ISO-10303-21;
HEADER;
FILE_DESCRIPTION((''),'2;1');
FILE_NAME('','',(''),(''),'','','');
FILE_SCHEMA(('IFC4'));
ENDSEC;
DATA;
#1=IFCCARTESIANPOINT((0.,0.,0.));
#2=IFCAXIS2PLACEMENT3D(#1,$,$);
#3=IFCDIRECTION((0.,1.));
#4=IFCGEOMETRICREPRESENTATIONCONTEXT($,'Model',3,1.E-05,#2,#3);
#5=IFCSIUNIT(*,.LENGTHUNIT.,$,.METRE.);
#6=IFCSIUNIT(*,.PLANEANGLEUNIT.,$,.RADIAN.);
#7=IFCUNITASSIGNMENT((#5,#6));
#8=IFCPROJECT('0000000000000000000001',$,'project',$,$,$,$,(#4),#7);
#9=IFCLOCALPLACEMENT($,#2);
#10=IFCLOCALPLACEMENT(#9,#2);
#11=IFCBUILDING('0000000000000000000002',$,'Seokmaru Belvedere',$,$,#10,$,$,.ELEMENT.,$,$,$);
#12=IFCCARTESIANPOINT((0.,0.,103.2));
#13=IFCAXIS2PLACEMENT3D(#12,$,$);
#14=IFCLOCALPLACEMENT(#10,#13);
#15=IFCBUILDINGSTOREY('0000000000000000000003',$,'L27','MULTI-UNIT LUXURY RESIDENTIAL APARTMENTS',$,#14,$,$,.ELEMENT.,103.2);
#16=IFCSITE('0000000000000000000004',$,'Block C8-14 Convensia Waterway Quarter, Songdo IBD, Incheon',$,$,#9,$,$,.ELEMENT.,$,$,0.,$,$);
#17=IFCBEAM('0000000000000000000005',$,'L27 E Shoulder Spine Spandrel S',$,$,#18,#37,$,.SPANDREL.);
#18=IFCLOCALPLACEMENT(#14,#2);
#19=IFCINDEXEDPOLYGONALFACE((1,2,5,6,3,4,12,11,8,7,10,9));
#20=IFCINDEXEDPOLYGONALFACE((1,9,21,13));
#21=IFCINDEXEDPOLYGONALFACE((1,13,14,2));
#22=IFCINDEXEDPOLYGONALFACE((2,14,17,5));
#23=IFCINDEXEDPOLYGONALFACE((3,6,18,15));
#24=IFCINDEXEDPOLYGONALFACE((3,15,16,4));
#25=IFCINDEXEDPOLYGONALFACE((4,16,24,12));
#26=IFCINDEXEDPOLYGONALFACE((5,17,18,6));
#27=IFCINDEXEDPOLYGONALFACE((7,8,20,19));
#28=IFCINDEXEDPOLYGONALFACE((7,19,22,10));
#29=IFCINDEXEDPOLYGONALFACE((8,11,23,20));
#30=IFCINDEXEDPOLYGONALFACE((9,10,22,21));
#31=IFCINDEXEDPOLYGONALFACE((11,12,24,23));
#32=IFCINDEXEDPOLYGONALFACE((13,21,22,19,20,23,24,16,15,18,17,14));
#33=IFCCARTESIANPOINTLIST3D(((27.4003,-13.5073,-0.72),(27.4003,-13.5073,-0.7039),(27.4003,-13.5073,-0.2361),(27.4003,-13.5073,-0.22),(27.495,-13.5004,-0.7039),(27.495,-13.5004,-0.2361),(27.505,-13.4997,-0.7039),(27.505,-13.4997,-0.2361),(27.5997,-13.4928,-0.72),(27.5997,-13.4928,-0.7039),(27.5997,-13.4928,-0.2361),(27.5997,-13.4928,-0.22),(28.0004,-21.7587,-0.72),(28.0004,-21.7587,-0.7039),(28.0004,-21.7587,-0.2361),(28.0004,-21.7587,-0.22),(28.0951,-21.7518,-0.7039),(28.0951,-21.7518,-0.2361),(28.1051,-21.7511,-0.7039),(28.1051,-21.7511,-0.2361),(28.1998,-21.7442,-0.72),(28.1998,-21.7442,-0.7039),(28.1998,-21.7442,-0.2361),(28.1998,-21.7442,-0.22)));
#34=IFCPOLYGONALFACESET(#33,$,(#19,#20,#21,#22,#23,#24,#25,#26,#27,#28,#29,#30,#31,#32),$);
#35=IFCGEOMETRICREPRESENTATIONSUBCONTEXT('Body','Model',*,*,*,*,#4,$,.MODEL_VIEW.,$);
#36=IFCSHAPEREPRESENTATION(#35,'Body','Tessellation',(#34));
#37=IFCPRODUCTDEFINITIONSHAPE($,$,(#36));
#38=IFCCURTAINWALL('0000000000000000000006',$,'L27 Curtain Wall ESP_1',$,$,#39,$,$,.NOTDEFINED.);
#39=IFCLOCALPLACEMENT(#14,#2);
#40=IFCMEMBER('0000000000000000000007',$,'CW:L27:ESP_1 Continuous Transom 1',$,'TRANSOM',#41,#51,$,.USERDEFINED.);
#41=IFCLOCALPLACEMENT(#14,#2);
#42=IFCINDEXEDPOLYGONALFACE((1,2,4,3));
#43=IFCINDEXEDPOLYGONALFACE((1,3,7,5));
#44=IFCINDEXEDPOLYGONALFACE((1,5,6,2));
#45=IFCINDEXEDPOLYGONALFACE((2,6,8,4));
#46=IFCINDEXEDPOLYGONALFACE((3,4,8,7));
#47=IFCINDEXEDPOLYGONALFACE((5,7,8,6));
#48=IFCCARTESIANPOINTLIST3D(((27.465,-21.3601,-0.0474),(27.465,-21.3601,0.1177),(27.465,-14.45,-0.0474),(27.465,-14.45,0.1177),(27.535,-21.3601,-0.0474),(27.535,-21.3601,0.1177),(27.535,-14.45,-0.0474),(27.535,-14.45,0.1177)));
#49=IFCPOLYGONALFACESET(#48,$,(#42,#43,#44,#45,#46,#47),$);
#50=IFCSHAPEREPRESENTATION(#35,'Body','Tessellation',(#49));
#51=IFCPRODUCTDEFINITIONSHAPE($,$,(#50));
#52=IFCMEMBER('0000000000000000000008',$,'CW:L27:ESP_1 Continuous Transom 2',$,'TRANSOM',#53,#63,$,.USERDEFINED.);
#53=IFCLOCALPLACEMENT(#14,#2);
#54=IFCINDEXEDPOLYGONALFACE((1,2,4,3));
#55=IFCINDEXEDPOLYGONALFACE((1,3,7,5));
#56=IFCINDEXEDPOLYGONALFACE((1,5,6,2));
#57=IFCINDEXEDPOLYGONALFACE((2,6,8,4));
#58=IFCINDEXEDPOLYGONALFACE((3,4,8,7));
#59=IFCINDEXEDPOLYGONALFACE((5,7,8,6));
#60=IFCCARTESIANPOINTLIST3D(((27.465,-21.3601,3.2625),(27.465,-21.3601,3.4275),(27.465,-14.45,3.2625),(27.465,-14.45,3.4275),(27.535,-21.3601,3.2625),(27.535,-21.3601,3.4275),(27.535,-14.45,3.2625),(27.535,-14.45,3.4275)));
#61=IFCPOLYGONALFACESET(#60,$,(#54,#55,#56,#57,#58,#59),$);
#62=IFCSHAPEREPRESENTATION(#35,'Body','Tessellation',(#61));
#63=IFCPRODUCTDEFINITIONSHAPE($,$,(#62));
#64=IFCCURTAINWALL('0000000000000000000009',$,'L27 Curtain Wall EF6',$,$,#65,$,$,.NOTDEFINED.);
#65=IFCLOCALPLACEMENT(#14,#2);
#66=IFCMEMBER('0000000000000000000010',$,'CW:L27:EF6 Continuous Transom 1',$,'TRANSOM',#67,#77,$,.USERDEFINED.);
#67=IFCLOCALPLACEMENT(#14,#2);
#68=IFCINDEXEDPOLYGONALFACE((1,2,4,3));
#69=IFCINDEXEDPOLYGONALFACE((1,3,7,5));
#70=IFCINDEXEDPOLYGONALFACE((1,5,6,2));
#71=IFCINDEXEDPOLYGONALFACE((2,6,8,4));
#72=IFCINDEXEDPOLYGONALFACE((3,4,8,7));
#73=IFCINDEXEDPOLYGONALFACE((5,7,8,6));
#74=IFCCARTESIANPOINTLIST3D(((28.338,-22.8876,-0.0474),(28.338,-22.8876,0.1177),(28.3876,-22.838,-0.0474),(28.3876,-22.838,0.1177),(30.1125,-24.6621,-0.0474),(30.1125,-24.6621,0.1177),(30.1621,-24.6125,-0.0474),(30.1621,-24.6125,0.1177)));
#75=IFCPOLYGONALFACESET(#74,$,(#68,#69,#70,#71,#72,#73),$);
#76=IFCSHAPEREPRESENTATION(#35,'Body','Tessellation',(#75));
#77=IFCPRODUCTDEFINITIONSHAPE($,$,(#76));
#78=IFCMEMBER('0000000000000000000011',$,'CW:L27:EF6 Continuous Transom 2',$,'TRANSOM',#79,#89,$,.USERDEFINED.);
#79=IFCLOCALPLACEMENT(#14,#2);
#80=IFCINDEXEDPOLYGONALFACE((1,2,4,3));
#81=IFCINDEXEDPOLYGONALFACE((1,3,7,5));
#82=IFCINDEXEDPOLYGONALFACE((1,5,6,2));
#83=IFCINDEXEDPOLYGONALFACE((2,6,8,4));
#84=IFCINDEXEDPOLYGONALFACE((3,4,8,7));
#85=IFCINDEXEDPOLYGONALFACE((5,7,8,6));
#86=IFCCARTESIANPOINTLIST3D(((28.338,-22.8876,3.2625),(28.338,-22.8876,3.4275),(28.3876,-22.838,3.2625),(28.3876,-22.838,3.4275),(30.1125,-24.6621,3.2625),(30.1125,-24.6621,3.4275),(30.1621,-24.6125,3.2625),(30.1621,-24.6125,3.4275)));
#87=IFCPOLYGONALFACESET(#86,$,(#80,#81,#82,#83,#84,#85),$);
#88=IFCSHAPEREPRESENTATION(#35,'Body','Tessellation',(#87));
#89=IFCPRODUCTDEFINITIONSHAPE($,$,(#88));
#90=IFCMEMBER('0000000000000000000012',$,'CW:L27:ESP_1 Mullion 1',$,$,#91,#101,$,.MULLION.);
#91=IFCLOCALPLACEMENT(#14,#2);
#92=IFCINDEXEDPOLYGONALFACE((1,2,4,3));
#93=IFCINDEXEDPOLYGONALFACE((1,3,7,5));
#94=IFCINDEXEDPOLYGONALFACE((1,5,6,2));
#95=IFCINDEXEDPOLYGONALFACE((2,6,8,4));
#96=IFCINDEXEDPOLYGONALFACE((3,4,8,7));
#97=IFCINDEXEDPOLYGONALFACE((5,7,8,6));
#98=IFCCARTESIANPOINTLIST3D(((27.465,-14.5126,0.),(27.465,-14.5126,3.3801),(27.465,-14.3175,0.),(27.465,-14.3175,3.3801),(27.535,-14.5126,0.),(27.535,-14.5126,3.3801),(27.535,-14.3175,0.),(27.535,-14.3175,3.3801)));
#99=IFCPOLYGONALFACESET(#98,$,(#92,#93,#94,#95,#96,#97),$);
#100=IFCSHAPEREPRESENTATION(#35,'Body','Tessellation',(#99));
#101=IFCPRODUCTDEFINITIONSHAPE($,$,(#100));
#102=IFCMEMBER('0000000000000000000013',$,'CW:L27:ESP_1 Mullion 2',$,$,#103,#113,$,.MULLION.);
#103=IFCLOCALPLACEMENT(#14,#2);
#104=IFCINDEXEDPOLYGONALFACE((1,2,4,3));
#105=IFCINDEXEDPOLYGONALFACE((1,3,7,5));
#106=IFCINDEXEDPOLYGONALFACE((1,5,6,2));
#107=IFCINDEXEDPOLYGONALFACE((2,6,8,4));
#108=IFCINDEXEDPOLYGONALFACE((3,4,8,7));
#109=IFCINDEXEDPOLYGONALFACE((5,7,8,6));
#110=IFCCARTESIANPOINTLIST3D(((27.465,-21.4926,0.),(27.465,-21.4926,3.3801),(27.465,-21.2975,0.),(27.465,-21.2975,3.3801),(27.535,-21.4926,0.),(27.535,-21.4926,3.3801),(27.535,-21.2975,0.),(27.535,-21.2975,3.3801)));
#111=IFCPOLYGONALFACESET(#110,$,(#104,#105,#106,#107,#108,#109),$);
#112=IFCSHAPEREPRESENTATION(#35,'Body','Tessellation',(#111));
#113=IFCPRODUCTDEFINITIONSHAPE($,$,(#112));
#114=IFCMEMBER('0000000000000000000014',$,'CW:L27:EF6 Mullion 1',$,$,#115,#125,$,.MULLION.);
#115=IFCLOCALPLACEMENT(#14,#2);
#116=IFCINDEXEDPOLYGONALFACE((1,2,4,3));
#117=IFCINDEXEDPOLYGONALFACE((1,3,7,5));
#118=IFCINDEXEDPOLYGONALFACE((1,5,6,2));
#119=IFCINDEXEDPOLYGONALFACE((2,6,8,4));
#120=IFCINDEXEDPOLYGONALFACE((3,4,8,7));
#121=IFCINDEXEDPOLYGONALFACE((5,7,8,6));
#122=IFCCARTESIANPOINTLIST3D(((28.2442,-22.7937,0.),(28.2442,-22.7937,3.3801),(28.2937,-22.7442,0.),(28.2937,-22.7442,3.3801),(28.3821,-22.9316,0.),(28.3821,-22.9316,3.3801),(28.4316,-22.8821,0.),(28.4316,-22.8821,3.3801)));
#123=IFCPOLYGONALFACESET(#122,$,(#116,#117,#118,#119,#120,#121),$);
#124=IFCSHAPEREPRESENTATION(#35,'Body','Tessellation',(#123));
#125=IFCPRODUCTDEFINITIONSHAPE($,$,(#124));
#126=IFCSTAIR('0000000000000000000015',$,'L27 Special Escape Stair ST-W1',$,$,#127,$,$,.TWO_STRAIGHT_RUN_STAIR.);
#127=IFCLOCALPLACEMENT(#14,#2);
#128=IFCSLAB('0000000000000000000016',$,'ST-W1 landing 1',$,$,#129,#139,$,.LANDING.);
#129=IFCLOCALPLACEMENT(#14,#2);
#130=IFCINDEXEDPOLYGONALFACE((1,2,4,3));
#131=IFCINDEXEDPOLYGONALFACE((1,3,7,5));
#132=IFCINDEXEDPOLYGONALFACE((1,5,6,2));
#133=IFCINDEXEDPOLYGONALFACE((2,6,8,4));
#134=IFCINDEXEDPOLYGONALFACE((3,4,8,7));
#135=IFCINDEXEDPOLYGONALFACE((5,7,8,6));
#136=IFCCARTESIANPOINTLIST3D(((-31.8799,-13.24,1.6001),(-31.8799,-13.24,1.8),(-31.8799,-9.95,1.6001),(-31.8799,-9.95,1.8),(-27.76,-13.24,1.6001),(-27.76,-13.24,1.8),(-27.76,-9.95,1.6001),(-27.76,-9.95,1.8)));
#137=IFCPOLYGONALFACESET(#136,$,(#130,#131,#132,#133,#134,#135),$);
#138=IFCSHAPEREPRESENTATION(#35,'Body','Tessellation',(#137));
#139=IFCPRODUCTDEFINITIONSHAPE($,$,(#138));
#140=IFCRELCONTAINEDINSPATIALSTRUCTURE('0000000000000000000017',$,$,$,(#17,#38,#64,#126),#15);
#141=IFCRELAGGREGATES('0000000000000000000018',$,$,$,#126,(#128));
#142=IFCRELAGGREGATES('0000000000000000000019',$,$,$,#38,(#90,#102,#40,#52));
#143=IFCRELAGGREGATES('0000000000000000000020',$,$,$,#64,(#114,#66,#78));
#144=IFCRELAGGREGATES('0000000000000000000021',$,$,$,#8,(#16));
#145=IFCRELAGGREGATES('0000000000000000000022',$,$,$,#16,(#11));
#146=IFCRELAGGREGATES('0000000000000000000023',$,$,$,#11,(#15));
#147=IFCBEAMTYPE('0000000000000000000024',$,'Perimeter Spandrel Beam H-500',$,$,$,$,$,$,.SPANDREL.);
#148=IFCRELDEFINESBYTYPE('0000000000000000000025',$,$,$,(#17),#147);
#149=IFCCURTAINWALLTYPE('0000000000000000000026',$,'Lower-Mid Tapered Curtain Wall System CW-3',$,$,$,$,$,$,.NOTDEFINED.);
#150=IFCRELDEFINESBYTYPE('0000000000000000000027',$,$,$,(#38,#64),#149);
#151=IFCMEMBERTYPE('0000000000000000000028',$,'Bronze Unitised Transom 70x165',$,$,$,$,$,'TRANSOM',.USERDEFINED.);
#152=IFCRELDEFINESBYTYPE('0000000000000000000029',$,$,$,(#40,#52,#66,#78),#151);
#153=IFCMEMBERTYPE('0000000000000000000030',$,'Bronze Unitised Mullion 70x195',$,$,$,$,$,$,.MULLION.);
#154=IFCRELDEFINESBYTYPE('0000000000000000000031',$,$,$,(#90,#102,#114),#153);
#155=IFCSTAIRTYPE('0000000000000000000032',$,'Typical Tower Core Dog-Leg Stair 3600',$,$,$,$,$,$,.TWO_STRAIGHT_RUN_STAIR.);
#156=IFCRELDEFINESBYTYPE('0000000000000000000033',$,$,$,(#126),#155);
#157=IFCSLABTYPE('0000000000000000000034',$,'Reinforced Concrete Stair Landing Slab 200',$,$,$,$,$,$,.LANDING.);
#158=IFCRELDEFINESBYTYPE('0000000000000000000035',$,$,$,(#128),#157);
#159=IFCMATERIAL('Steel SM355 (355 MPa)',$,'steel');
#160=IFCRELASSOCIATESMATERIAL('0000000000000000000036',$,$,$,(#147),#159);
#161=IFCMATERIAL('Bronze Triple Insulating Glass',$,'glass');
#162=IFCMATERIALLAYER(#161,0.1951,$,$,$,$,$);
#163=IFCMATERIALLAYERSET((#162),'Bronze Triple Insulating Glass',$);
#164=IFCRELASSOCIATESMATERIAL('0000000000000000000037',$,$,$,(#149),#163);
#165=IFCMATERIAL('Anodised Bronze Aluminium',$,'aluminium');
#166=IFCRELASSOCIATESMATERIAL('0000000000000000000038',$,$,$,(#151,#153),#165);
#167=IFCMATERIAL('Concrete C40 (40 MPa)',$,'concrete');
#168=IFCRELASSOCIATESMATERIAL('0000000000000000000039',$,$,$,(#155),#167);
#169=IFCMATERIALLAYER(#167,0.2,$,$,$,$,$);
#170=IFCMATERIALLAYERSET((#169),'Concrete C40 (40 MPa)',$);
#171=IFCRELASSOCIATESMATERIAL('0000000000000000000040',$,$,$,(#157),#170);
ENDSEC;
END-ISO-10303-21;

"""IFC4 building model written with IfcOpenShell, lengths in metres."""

from ifc_helpers import new_model, si_unit, direction, frame, origin, origin_2d, place, context, subcontext, project, spatial, polyline, rectangle, i_section, outline, extrude, source, transform, mapped, material, layer, layer_set, material_profile, profile_set, type_object, type_shapes, element, aggregate, save


model = new_model("IFC4")

# Units and contexts
model_context = context("Model", 3, precision=1e-05, world=origin(), true_north=direction((0.0, 1.0)))
body_context = subcontext(model_context, "Body", "Model", "MODEL_VIEW")
ifc_project = project(units=[si_unit("LENGTHUNIT", "METRE"), si_unit("PLANEANGLEUNIT", "RADIAN")], contexts=[model_context])

# Site, building, storey
site_placement = place(None, origin())
site = spatial("IfcSite", under=ifc_project, at=site_placement, Name="Block C8-14 Convensia Waterway Quarter, Songdo IBD, Incheon", CompositionType="ELEMENT", RefElevation=0.0)
building_placement = place(site_placement, origin())
building = spatial("IfcBuilding", under=site, at=building_placement, Name="Seokmaru Belvedere", CompositionType="ELEMENT")
storey_placement = place(building_placement, frame((0.0, 0.0, 103.2)))
storey = spatial("IfcBuildingStorey", under=building, at=storey_placement, Name="L27", Description="MULTI-UNIT LUXURY RESIDENTIAL APARTMENTS", CompositionType="ELEMENT", Elevation=103.2)

# Shared definitions
ifc_material_1 = material(Name="Steel SM355 (355 MPa)", Category="steel")

# Beam
ifc_material_profile_1 = material_profile(ifc_material_1, i_section(OverallWidth=0.2, OverallDepth=0.5, WebThickness=0.01, FlangeThickness=0.0161, at=origin_2d()), Name="H-500x200x10x16")
ifc_profile_set_1 = profile_set([ifc_material_profile_1], Name="Steel SM355 (355 MPa)")
beam_type_1 = type_object("IfcBeamType", Name="Perimeter Spandrel Beam H-500", PredefinedType="SPANDREL", material=ifc_profile_set_1)
shared_shape_1 = source(origin(), body_context, "Body", "SweptSolid", [
    extrude(i_section(OverallWidth=0.2, OverallDepth=0.5, WebThickness=0.01, FlangeThickness=0.0161, at=origin_2d()), origin(), (0.0, 0.0, 1.0), 8.2732),
])
beam_1_placement = place(storey_placement, frame((28.1001, -21.7515, -0.47), z_axis=(-0.072535, 0.997366, 0.0), x_axis=(-0.997366, -0.072535, 0.0)))
element("IfcBeam", 1, at=beam_1_placement, inside=storey, type_object=beam_type_1, Name="L27 E Shoulder Spine Spandrel S", PredefinedType="SPANDREL", context=body_context, shape_type="MappedRepresentation", body=[
    mapped(shared_shape_1, transform((0.0, 0.0, 0.0), scale=1.0)),
])

# Curtain walls, members
ifc_material_2 = material(Name="Bronze Triple Insulating Glass", Category="glass")
ifc_layer_1 = layer(ifc_material_2, 0.1951)
ifc_layer_set_1 = layer_set([ifc_layer_1], Name="Bronze Triple Insulating Glass")
curtain_wall_type = type_object("IfcCurtainWallType", Name="Lower-Mid Tapered Curtain Wall System CW-3", PredefinedType="NOTDEFINED", material=ifc_layer_set_1)
curtain_wall_1_placement = place(storey_placement, origin())
curtain_wall_1 = element("IfcCurtainWall", 2, at=curtain_wall_1_placement, inside=storey, type_object=curtain_wall_type, Name="L27 Curtain Wall ESP_1", PredefinedType="NOTDEFINED")
ifc_material_3 = material(Name="Anodised Bronze Aluminium", Category="aluminium")
ifc_material_profile_2 = material_profile(ifc_material_3, rectangle(XDim=0.0701, YDim=0.165, at=origin_2d()), Name="CW-T-70x165")
ifc_profile_set_2 = profile_set([ifc_material_profile_2], Name="Anodised Bronze Aluminium")
member_type_1 = type_object("IfcMemberType", Name="Bronze Unitised Transom 70x165", ElementType="TRANSOM", PredefinedType="USERDEFINED", material=ifc_profile_set_2)
shared_shape_2 = source(origin(), body_context, "Body", "SweptSolid", [
    extrude(rectangle(XDim=0.0701, YDim=0.165, at=origin_2d()), origin(), (0.0, 0.0, 1.0), 6.9102),
])
member_1_placement = place(storey_placement, frame((27.5, -14.45, 0.0352), z_axis=(0.0, -1.0, 0.0), x_axis=(1.0, 0.0, 0.0)))
member_1 = element("IfcMember", 3, at=member_1_placement, type_object=member_type_1, Name="CW:L27:ESP_1 Continuous Transom 1", ObjectType="TRANSOM", PredefinedType="USERDEFINED", context=body_context, shape_type="MappedRepresentation", body=[
    mapped(shared_shape_2, transform((0.0, 0.0, 0.0), scale=1.0)),
])
member_2_placement = place(storey_placement, frame((27.5, -14.45, 3.345), z_axis=(0.0, -1.0, 0.0), x_axis=(1.0, 0.0, 0.0)))
member_2 = element("IfcMember", 4, at=member_2_placement, type_object=member_type_1, Name="CW:L27:ESP_1 Continuous Transom 2", ObjectType="TRANSOM", PredefinedType="USERDEFINED", context=body_context, shape_type="MappedRepresentation", body=[
    mapped(shared_shape_2, transform((0.0, 0.0, 0.0), scale=1.0)),
])
curtain_wall_2_placement = place(storey_placement, origin())
curtain_wall_2 = element("IfcCurtainWall", 5, at=curtain_wall_2_placement, inside=storey, type_object=curtain_wall_type, Name="L27 Curtain Wall EF6", PredefinedType="NOTDEFINED")
shared_shape_3 = source(origin(), body_context, "Body", "SweptSolid", [
    extrude(rectangle(XDim=0.0701, YDim=0.165, at=origin_2d()), origin(), (0.0, 0.0, 1.0), 2.5095),
])
type_shapes(member_type_1, [shared_shape_2, shared_shape_3])
member_3_placement = place(storey_placement, frame((28.3628, -22.8628, 0.0352), z_axis=(0.707107, -0.707107, 0.0), x_axis=(0.707107, 0.707107, 0.0)))
member_3 = element("IfcMember", 6, at=member_3_placement, type_object=member_type_1, Name="CW:L27:EF6 Continuous Transom 1", ObjectType="TRANSOM", PredefinedType="USERDEFINED", context=body_context, shape_type="MappedRepresentation", body=[
    mapped(shared_shape_3, transform((0.0, 0.0, 0.0), scale=1.0)),
])
member_4_placement = place(storey_placement, frame((28.3628, -22.8628, 3.345), z_axis=(0.707107, -0.707107, 0.0), x_axis=(0.707107, 0.707107, 0.0)))
member_4 = element("IfcMember", 7, at=member_4_placement, type_object=member_type_1, Name="CW:L27:EF6 Continuous Transom 2", ObjectType="TRANSOM", PredefinedType="USERDEFINED", context=body_context, shape_type="MappedRepresentation", body=[
    mapped(shared_shape_3, transform((0.0, 0.0, 0.0), scale=1.0)),
])

# Members
ifc_material_profile_3 = material_profile(ifc_material_3, rectangle(XDim=0.0701, YDim=0.1951, at=origin_2d()), Name="CW-M-70x195")
ifc_profile_set_3 = profile_set([ifc_material_profile_3], Name="Anodised Bronze Aluminium")
member_type_2 = type_object("IfcMemberType", Name="Bronze Unitised Mullion 70x195", PredefinedType="MULLION", material=ifc_profile_set_3)
shared_shape_4 = source(origin(), body_context, "Body", "SweptSolid", [
    extrude(rectangle(XDim=0.0701, YDim=0.1951, at=origin_2d()), origin(), (0.0, 0.0, 1.0), 3.3801),
])
type_shapes(member_type_2, [shared_shape_4])
member_5_placement = place(storey_placement, frame((27.5, -14.415, 0.0), z_axis=(0.0, 0.0, 1.0), x_axis=(1.0, 0.0, 0.0)))
member_5 = element("IfcMember", 8, at=member_5_placement, type_object=member_type_2, Name="CW:L27:ESP_1 Mullion 1", PredefinedType="MULLION", context=body_context, shape_type="MappedRepresentation", body=[
    mapped(shared_shape_4, transform((0.0, 0.0, 0.0), scale=1.0)),
])
member_6_placement = place(storey_placement, frame((27.5, -21.395, 0.0), z_axis=(0.0, 0.0, 1.0), x_axis=(1.0, 0.0, 0.0)))
member_6 = element("IfcMember", 9, at=member_6_placement, type_object=member_type_2, Name="CW:L27:ESP_1 Mullion 2", PredefinedType="MULLION", context=body_context, shape_type="MappedRepresentation", body=[
    mapped(shared_shape_4, transform((0.0, 0.0, 0.0), scale=1.0)),
])
member_7_placement = place(storey_placement, frame((28.3379, -22.8379, 0.0), z_axis=(0.0, 0.0, 1.0), x_axis=(0.707107, 0.707107, 0.0)))
member_7 = element("IfcMember", 10, at=member_7_placement, type_object=member_type_2, Name="CW:L27:EF6 Mullion 1", PredefinedType="MULLION", context=body_context, shape_type="MappedRepresentation", body=[
    mapped(shared_shape_4, transform((0.0, 0.0, 0.0), scale=1.0)),
])

# Stair, slab
ifc_material_4 = material(Name="Concrete C40 (40 MPa)", Category="concrete")
stair_type = type_object("IfcStairType", Name="Typical Tower Core Dog-Leg Stair 3600", PredefinedType="TWO_STRAIGHT_RUN_STAIR", material=ifc_material_4)
stair_placement = place(storey_placement, origin())
stair = element("IfcStair", 11, at=stair_placement, inside=storey, type_object=stair_type, Name="L27 Special Escape Stair ST-W1", PredefinedType="TWO_STRAIGHT_RUN_STAIR")
ifc_layer_2 = layer(ifc_material_4, 0.2)
ifc_layer_set_2 = layer_set([ifc_layer_2], Name="Concrete C40 (40 MPa)")
slab_type_1 = type_object("IfcSlabType", Name="Reinforced Concrete Stair Landing Slab 200", PredefinedType="LANDING", material=ifc_layer_set_2)
slab_1_placement = place(storey_placement, frame((0.0, 0.0, 1.6001)))
slab_1 = element("IfcSlab", 12, at=slab_1_placement, type_object=slab_type_1, Name="ST-W1 landing 1", PredefinedType="LANDING", context=body_context, shape_type="SweptSolid", body=[
    extrude(outline(polyline([(-31.8799, -13.24), (-27.76, -13.24), (-27.76, -9.95), (-31.8799, -9.95), (-31.8799, -13.24)])), origin(), (0.0, 0.0, 1.0), 0.2),
])
aggregate(stair, [slab_1])

aggregate(curtain_wall_1, [member_5, member_6, member_1, member_2])
aggregate(curtain_wall_2, [member_7, member_3, member_4])

save(model, "model.ifc")
